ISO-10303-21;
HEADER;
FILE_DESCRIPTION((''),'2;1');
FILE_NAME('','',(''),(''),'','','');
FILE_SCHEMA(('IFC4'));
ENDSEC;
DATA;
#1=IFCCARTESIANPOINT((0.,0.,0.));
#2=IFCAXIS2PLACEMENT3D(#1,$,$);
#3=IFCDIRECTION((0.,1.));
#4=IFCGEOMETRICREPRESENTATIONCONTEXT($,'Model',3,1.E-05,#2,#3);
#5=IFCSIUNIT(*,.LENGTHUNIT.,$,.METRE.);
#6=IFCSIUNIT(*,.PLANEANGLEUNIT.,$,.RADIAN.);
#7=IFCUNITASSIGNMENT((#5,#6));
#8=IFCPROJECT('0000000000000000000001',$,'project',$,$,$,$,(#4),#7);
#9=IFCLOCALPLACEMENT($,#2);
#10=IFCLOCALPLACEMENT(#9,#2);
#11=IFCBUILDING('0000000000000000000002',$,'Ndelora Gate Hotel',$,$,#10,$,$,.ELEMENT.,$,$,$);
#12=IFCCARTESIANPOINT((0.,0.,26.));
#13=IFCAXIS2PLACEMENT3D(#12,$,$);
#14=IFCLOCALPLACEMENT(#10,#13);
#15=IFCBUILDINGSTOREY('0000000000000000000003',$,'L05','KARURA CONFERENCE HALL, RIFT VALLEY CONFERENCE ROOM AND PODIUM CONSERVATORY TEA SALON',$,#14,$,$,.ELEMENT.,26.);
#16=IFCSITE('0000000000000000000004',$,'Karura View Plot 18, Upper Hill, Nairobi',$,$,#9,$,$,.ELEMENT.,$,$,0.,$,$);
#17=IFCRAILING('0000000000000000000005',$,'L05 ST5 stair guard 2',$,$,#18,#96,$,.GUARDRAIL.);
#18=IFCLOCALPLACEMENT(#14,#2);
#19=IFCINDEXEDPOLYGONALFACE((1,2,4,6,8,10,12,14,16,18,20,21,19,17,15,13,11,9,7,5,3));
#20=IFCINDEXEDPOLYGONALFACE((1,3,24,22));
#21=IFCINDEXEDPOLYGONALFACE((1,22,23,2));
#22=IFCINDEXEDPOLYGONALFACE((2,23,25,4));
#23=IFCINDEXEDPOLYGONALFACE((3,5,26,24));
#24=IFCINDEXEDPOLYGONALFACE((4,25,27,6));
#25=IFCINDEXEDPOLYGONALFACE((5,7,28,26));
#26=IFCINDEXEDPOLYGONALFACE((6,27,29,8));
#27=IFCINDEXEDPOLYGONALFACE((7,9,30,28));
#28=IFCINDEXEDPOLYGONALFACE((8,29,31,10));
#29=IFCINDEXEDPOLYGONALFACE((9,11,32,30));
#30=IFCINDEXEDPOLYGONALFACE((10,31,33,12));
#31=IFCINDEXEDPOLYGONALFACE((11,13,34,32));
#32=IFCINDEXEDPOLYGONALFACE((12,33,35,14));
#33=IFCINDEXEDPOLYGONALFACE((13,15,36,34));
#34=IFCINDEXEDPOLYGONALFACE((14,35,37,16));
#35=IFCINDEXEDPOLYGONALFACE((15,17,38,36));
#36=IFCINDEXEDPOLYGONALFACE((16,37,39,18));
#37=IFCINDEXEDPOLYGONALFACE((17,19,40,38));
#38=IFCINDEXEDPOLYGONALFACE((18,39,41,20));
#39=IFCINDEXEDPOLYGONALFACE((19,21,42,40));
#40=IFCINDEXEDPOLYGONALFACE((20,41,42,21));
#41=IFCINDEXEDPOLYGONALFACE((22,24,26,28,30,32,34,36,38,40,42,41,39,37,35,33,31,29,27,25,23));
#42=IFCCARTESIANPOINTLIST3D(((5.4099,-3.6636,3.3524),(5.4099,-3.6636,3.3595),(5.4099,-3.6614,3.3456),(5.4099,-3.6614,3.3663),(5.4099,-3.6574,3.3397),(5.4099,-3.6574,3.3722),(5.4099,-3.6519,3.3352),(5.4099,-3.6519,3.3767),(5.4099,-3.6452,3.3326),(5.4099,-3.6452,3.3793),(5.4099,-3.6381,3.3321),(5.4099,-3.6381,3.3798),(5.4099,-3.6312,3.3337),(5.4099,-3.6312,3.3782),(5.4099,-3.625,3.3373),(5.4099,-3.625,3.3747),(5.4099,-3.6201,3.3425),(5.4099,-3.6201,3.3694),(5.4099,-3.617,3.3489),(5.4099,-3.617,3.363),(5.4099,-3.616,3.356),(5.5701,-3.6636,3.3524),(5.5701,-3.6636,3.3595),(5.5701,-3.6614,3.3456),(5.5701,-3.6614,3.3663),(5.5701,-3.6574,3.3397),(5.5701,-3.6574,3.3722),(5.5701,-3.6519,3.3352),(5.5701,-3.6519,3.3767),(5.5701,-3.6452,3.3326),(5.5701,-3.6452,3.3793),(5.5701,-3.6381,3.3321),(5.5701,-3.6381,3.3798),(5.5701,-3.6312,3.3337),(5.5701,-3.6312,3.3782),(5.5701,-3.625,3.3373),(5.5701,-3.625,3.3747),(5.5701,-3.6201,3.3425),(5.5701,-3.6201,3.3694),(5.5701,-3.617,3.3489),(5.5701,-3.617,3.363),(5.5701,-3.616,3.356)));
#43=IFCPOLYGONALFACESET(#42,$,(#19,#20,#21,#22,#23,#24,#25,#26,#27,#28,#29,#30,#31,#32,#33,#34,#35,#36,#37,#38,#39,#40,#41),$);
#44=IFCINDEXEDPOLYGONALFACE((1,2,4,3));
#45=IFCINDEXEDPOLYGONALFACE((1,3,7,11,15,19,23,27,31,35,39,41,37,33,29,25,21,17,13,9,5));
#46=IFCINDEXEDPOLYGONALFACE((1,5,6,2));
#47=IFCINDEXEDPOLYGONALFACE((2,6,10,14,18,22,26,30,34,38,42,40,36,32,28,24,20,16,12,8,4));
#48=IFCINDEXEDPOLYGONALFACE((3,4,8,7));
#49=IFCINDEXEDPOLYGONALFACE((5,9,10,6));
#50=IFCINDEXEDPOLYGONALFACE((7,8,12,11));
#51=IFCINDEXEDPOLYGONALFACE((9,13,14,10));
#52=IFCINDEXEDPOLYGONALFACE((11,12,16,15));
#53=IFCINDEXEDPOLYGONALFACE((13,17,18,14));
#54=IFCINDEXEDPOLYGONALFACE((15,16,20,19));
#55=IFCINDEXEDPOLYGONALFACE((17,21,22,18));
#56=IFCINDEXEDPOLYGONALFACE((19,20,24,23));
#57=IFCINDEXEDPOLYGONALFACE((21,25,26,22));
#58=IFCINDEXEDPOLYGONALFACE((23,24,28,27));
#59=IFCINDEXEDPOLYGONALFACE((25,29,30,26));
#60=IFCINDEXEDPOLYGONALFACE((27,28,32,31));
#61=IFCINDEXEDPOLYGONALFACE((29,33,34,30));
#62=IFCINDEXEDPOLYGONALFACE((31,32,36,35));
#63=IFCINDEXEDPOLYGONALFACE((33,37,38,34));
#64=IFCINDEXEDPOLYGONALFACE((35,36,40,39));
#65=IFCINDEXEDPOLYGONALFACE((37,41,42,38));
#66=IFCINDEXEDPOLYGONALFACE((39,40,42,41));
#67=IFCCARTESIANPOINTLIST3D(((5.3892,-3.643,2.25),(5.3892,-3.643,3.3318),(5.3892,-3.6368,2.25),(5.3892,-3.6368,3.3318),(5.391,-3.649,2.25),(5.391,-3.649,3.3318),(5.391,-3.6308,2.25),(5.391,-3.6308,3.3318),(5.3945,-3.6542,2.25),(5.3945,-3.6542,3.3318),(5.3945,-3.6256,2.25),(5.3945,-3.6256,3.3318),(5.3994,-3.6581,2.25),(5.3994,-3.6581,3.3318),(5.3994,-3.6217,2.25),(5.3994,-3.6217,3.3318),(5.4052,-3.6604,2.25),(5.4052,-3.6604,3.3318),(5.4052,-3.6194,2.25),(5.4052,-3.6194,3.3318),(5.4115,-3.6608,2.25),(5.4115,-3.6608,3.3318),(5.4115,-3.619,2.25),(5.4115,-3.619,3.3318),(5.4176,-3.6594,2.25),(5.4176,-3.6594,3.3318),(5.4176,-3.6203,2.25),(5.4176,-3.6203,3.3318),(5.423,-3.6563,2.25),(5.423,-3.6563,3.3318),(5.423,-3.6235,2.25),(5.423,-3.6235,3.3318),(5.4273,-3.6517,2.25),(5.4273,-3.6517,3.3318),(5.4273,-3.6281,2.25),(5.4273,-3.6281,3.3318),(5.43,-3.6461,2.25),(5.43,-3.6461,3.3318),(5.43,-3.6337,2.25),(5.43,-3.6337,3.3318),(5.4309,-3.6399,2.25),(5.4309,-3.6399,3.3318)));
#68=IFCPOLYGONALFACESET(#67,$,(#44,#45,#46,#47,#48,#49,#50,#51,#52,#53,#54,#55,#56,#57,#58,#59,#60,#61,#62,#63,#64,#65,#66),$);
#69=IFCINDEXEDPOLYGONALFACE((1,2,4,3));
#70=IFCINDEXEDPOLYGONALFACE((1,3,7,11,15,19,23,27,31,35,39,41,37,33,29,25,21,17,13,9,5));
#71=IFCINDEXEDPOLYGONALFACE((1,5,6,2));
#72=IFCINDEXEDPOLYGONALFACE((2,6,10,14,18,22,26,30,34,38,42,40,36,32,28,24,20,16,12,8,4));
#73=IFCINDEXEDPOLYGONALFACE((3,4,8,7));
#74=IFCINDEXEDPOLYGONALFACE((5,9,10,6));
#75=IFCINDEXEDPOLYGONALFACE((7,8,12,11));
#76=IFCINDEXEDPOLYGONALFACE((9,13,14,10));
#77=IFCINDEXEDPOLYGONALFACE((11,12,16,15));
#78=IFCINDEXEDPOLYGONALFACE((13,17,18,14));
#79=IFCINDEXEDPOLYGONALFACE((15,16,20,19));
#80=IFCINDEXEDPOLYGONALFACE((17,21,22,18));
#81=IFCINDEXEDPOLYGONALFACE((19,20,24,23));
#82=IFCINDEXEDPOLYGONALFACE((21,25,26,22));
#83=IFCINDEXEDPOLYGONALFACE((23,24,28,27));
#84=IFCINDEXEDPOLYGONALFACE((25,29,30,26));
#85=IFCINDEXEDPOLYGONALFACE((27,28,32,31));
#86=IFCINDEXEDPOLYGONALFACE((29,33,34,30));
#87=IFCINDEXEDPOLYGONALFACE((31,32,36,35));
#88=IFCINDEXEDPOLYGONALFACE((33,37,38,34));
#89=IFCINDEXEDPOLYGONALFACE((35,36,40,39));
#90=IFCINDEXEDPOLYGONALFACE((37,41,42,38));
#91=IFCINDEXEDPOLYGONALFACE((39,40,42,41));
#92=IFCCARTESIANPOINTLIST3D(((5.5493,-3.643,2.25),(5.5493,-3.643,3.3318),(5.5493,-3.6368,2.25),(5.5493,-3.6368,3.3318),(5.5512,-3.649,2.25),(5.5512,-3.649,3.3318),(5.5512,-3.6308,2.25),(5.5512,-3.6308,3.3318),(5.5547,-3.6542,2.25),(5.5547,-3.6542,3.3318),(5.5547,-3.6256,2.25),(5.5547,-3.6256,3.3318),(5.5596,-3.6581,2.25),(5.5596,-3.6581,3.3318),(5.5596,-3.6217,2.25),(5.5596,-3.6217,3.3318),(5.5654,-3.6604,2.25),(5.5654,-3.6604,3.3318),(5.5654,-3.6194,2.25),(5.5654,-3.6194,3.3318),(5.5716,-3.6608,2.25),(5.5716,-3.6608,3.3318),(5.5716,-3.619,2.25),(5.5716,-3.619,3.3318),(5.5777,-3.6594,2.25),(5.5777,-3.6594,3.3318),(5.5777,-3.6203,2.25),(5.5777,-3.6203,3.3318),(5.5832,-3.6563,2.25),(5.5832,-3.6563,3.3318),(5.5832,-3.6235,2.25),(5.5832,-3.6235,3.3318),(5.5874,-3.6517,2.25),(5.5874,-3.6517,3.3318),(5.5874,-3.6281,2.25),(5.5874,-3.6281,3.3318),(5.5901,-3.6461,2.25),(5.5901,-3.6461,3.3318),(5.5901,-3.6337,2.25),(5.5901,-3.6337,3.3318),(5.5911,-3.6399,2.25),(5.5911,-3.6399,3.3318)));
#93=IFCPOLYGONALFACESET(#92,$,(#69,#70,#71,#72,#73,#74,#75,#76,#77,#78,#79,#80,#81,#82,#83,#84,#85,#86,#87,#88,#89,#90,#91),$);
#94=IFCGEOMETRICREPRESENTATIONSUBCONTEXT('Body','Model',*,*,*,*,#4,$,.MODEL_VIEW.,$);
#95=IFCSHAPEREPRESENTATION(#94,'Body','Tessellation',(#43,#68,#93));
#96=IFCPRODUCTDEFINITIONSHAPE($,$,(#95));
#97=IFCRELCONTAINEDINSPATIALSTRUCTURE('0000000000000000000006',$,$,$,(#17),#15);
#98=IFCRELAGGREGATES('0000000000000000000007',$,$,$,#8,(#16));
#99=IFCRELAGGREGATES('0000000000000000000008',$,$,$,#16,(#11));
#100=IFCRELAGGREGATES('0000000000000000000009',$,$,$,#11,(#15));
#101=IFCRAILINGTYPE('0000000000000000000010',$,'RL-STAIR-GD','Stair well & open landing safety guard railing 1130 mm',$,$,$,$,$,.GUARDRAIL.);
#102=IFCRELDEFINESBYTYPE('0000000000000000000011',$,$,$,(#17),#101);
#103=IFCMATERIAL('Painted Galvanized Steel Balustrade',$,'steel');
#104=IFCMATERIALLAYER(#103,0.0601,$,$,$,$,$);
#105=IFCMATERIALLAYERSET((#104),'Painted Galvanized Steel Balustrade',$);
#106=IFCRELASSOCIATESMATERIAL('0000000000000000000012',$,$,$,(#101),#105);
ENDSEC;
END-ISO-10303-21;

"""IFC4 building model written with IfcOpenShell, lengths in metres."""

from ifc_helpers import new_model, si_unit, direction, frame, origin, origin_2d, place, context, subcontext, project, spatial, circle, extrude, material, layer, layer_set, type_object, element, save


model = new_model("IFC4")

# Units and contexts
model_context = context("Model", 3, precision=1e-05, world=origin(), true_north=direction((0.0, 1.0)))
body_context = subcontext(model_context, "Body", "Model", "MODEL_VIEW")
ifc_project = project(units=[si_unit("LENGTHUNIT", "METRE"), si_unit("PLANEANGLEUNIT", "RADIAN")], contexts=[model_context])

# Site, building, storey
site_placement = place(None, origin())
site = spatial("IfcSite", under=ifc_project, at=site_placement, Name="Karura View Plot 18, Upper Hill, Nairobi", CompositionType="ELEMENT", RefElevation=0.0)
building_placement = place(site_placement, origin())
building = spatial("IfcBuilding", under=site, at=building_placement, Name="Ndelora Gate Hotel", CompositionType="ELEMENT")
storey_placement = place(building_placement, frame((0.0, 0.0, 26.0)))
storey = spatial("IfcBuildingStorey", under=building, at=storey_placement, Name="L05", Description="KARURA CONFERENCE HALL, RIFT VALLEY CONFERENCE ROOM AND PODIUM CONSERVATORY TEA SALON", CompositionType="ELEMENT", Elevation=26.0)

# Railing
ifc_material_1 = material(Name="Painted Galvanized Steel Balustrade", Category="steel")
ifc_layer_1 = layer(ifc_material_1, 0.0601)
ifc_layer_set_1 = layer_set([ifc_layer_1], Name="Painted Galvanized Steel Balustrade")
railing_type_1 = type_object("IfcRailingType", Name="RL-STAIR-GD", Description="Stair well & open landing safety guard railing 1130 mm", PredefinedType="GUARDRAIL", material=ifc_layer_set_1)
railing_1_placement = place(storey_placement, frame((5.4099, -3.6399, 2.25)))
element("IfcRailing", 1, at=railing_1_placement, inside=storey, type_object=railing_type_1, Name="L05 ST5 stair guard 2", PredefinedType="GUARDRAIL", context=body_context, shape_type="SweptSolid", body=[
    extrude(circle(Radius=0.0239, at=origin_2d()), frame((0.0, 0.0, 1.106), z_axis=(1.0, 0.0, 0.0), x_axis=(0.0, 1.0, 0.0)), (0.0, 0.0, 1.0), 0.1602),
    extrude(circle(Radius=0.021, at=origin_2d()), origin(), (0.0, 0.0, 1.0), 1.0818),
    extrude(circle(Radius=0.021, at=origin_2d()), frame((0.1602, 0.0, 0.0)), (0.0, 0.0, 1.0), 1.0818),
])

save(model, "model.ifc")
